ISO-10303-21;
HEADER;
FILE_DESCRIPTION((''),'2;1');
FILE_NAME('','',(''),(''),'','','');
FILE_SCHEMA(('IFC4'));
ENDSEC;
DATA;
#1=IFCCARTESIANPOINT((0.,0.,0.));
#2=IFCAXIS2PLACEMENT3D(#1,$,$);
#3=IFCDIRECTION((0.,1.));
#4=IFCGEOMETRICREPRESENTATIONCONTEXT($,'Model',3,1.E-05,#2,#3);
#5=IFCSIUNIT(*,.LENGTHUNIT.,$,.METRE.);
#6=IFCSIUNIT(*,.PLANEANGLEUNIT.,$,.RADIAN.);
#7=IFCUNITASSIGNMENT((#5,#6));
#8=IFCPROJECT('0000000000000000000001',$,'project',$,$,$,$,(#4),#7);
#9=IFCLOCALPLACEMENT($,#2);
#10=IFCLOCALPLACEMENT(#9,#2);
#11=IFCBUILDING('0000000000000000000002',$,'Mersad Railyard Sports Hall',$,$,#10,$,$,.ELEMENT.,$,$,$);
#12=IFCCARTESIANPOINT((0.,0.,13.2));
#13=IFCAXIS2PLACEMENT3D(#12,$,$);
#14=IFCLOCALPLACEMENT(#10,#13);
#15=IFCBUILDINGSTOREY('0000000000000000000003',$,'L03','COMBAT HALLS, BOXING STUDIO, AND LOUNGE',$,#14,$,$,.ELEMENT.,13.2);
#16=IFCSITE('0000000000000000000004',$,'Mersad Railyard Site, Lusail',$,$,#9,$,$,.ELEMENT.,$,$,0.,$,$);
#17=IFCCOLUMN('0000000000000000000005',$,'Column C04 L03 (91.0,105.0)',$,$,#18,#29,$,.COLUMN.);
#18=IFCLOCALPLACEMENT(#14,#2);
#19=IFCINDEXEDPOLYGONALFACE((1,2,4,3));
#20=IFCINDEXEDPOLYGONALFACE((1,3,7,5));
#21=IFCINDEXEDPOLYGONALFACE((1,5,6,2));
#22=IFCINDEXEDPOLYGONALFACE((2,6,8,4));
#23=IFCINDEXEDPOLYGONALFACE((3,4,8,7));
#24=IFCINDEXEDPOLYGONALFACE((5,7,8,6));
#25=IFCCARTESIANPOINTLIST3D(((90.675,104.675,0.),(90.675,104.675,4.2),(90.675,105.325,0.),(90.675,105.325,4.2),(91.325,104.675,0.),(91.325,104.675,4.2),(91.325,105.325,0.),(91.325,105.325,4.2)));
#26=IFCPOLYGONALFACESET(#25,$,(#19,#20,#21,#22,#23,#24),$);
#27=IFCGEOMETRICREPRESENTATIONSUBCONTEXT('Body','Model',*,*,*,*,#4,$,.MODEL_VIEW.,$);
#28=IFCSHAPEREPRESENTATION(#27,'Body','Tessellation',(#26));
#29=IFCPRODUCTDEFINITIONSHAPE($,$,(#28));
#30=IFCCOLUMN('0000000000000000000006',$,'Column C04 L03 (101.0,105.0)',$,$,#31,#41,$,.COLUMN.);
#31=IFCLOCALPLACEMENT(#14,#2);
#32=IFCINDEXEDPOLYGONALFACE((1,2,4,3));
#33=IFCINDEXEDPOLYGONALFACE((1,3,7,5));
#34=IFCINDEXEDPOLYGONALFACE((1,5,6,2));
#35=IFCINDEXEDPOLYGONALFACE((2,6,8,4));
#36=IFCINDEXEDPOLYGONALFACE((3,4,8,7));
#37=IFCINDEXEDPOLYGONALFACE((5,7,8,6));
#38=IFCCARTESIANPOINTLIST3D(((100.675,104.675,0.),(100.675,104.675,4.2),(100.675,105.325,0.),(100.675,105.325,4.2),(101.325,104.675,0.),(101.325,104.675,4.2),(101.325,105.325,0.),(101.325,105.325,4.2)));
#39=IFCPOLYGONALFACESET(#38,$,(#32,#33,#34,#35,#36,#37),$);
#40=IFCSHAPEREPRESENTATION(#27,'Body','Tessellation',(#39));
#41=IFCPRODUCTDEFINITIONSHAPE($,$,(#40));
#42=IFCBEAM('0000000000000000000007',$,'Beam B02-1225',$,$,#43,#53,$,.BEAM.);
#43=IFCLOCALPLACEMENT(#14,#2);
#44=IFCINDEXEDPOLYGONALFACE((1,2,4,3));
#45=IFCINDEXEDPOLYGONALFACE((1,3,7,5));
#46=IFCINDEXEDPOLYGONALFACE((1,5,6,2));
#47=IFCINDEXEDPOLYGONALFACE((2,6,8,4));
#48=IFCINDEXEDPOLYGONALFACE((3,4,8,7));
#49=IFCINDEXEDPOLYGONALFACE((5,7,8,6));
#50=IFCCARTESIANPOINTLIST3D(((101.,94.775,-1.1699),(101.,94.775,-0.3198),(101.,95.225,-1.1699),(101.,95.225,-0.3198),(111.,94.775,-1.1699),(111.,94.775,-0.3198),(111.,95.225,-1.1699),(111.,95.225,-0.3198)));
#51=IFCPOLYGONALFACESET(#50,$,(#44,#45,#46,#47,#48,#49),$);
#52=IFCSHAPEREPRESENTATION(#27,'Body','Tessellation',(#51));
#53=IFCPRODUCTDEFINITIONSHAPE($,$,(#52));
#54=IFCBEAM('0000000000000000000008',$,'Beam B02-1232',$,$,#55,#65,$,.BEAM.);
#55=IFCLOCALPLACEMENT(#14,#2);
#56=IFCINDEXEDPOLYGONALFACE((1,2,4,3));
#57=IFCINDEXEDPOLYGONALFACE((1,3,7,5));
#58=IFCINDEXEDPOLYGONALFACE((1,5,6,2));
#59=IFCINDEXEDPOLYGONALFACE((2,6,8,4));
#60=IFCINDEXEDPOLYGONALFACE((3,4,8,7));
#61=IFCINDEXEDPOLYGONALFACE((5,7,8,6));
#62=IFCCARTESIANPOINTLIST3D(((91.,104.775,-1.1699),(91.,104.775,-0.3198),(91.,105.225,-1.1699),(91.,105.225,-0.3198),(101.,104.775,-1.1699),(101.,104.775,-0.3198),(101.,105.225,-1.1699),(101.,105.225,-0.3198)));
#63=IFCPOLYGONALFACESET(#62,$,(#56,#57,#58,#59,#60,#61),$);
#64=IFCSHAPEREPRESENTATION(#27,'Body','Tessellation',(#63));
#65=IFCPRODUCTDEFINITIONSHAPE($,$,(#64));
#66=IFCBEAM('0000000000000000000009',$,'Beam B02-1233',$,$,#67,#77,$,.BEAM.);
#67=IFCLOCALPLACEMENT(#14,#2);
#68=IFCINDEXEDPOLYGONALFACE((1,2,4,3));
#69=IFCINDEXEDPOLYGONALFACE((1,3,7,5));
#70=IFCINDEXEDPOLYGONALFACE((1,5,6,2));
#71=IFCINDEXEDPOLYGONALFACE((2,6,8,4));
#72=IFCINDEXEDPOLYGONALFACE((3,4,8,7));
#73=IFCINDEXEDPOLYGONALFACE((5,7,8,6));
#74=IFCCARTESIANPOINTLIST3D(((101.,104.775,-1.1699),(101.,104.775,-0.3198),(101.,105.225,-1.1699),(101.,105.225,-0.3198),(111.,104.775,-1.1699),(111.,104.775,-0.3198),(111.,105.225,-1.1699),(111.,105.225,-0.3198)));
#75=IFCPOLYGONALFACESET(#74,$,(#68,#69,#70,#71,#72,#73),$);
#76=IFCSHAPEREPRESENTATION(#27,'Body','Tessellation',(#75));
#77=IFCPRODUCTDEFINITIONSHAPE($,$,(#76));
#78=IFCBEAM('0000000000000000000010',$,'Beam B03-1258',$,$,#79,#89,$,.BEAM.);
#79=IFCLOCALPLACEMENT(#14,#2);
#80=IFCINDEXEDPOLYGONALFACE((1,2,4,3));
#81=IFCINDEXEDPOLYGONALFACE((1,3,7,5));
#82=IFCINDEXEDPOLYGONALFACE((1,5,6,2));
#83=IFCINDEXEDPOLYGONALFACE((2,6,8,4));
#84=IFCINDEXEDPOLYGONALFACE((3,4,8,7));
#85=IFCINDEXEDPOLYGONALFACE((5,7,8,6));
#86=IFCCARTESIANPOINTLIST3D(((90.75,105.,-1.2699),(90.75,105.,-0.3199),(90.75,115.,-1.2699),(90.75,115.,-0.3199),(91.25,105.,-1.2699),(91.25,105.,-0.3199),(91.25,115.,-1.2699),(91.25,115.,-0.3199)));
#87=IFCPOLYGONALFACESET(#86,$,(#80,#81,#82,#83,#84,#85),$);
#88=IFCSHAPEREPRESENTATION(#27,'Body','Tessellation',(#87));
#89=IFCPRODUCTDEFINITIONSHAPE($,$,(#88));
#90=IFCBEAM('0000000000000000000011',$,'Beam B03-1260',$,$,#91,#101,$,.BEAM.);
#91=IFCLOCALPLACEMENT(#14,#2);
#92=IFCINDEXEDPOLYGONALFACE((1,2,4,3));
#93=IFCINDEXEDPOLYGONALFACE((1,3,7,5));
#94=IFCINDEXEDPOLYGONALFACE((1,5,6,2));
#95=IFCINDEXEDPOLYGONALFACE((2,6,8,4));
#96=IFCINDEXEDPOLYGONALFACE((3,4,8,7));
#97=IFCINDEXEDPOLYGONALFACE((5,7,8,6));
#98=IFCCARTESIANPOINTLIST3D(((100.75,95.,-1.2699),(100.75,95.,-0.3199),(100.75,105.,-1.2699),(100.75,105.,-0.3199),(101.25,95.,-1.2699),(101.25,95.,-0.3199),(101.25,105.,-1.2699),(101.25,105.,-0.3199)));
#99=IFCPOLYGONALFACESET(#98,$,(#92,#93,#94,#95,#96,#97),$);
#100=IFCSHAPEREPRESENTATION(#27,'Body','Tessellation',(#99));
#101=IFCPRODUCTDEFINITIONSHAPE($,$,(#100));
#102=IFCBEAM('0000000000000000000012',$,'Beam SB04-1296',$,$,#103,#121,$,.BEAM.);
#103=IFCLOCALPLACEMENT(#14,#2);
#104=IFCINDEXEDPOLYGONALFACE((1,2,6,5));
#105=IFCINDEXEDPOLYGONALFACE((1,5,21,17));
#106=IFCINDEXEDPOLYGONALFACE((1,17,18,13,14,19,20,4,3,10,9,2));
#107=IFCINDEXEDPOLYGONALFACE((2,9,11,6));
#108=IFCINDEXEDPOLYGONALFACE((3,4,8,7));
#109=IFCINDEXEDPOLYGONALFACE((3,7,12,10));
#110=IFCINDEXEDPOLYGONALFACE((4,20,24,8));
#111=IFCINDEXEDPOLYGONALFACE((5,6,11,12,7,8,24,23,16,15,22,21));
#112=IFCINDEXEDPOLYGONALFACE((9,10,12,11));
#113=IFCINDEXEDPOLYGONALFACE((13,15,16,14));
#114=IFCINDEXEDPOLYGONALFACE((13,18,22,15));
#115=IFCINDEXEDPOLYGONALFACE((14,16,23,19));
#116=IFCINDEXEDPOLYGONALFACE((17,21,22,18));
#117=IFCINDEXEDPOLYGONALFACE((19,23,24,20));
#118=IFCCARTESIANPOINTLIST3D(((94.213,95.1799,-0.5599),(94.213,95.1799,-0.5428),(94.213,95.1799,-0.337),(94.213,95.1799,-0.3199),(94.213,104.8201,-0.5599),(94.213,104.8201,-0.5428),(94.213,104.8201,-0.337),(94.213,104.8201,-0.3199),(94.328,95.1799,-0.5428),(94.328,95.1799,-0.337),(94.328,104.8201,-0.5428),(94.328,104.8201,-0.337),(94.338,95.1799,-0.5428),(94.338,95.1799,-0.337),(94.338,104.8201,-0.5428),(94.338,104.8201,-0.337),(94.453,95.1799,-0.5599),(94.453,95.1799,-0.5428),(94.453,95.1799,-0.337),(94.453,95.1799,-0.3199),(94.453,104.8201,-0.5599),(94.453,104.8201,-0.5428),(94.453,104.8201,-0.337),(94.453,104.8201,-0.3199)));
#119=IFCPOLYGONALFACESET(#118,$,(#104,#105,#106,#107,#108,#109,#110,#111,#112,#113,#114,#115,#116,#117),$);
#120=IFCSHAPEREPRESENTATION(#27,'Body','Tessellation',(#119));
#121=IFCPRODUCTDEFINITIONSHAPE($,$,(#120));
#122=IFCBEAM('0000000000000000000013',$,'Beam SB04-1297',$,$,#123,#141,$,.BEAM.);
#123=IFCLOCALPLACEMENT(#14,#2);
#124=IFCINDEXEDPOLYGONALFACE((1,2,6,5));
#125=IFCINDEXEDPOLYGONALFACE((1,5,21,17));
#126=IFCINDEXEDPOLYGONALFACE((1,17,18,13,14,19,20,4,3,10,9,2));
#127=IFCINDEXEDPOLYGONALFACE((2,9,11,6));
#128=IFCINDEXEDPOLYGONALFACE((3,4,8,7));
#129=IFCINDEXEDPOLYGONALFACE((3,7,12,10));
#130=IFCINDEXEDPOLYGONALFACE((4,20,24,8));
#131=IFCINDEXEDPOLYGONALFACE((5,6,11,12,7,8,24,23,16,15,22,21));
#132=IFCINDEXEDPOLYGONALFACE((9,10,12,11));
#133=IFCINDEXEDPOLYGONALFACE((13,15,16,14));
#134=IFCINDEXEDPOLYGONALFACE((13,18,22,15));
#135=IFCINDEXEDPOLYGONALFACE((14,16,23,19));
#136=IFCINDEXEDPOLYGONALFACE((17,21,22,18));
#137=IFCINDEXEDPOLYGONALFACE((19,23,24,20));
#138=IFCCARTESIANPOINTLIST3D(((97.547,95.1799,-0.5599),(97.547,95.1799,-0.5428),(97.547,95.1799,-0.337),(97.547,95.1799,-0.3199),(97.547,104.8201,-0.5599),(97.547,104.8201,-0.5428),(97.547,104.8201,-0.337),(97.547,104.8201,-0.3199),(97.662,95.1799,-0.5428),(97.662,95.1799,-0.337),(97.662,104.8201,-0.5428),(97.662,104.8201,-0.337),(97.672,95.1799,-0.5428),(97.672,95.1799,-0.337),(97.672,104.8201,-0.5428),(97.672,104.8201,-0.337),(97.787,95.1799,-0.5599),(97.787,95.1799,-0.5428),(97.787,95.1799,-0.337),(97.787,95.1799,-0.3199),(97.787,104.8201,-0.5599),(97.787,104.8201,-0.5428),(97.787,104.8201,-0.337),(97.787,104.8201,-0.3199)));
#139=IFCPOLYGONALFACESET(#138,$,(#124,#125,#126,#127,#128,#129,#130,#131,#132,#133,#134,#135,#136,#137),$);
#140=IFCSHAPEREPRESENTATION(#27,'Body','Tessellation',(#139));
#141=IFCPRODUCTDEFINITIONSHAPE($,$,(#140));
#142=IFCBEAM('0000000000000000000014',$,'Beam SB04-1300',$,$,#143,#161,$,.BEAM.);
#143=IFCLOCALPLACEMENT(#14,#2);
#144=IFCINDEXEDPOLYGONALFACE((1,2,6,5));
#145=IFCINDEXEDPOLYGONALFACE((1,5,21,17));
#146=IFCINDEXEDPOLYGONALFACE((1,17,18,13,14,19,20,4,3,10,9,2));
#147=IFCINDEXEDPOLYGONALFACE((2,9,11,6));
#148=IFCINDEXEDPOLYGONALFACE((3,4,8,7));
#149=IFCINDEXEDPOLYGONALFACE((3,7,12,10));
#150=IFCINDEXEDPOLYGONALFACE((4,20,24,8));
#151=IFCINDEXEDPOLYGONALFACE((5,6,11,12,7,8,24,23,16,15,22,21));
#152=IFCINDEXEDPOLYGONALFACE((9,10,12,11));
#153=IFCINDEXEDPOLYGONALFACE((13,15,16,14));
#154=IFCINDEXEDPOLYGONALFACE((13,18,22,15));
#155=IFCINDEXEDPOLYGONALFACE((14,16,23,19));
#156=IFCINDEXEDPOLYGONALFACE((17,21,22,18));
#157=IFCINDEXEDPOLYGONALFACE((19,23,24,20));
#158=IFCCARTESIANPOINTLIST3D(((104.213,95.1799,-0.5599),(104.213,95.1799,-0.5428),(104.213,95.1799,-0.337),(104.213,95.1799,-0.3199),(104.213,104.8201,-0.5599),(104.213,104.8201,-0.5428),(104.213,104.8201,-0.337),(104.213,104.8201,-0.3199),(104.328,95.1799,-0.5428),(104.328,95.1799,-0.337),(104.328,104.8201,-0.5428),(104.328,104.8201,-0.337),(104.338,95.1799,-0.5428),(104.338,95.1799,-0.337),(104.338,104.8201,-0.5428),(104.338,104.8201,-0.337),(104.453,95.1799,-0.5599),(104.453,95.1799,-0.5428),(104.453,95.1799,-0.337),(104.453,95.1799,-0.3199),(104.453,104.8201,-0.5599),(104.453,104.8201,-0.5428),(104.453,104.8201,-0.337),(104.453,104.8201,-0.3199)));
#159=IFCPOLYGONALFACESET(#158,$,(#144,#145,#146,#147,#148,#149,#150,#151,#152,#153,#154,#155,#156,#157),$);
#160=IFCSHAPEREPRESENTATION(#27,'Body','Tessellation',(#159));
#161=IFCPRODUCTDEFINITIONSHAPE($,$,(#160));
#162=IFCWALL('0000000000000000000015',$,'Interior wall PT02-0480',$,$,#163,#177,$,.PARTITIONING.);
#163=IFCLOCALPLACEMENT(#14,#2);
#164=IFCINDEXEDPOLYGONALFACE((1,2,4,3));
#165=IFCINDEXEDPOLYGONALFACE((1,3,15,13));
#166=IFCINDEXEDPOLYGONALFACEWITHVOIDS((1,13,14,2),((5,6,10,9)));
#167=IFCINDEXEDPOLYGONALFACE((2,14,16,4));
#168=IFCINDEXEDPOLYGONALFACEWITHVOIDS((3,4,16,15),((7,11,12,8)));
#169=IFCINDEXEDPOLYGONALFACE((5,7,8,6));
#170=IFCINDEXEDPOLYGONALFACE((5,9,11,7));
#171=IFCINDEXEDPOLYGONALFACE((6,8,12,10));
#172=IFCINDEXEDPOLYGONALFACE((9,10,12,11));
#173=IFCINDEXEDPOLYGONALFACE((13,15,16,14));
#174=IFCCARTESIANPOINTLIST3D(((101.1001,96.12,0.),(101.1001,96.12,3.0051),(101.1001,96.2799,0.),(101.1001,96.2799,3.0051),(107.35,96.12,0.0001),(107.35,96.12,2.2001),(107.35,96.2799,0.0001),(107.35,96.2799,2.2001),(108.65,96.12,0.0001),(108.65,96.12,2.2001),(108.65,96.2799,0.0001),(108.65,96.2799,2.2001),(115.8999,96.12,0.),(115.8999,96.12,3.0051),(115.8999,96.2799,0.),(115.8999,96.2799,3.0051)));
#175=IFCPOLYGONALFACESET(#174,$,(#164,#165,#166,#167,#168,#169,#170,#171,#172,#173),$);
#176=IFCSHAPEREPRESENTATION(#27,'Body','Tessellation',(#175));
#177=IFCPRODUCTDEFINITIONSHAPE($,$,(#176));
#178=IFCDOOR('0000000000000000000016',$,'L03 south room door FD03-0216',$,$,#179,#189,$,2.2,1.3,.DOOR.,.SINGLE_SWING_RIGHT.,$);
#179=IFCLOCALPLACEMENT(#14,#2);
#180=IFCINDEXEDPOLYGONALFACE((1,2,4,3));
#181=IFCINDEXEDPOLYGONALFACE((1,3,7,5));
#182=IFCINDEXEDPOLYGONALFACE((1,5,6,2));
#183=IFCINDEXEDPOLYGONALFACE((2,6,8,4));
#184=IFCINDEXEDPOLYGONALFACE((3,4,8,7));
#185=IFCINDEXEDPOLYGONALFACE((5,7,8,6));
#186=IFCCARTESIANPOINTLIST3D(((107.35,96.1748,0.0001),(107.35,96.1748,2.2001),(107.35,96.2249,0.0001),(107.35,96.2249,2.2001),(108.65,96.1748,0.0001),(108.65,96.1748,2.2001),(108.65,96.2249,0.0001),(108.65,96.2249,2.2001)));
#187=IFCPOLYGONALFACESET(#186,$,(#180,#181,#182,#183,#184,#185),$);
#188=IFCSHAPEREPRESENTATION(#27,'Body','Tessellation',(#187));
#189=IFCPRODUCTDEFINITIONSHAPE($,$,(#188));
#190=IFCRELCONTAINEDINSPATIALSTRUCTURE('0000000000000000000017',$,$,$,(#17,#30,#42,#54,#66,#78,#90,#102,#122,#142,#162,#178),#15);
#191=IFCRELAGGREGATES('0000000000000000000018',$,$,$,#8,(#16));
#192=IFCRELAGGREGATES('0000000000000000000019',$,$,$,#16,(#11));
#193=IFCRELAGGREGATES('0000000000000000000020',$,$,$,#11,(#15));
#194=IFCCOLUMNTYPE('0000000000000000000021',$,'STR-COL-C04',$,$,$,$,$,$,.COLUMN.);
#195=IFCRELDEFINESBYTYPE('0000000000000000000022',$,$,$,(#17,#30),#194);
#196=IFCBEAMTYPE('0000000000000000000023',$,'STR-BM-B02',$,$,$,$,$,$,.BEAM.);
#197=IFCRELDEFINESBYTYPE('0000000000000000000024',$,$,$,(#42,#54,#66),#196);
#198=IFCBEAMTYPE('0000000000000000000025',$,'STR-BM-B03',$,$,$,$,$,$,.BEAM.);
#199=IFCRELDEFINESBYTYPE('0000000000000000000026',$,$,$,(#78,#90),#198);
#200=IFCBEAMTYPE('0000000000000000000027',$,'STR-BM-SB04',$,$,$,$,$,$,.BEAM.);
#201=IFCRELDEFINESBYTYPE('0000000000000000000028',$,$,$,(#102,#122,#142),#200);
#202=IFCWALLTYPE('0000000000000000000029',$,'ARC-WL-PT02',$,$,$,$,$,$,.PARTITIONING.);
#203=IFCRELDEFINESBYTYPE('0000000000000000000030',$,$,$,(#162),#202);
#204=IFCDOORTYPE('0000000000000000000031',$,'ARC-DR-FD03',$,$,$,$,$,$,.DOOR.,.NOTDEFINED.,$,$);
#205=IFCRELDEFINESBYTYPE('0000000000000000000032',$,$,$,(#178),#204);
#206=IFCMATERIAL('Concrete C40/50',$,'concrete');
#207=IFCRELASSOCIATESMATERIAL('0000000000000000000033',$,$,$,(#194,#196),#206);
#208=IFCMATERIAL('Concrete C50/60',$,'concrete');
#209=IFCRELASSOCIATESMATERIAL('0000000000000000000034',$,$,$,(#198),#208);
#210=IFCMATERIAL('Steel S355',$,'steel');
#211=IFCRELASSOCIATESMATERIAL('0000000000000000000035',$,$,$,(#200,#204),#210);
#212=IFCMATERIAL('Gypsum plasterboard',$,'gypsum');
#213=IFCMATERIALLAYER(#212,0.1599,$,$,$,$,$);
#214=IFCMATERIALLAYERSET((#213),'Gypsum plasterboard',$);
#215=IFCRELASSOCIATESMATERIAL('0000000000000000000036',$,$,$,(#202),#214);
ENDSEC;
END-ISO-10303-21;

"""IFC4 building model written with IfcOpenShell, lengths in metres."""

from ifc_helpers import new_model, si_unit, direction, frame, frame_2d, origin, origin_2d, place, context, subcontext, project, spatial, rectangle, i_section, extrude, material, layer, layer_set, material_profile, profile_set, type_object, element, fill, save


model = new_model("IFC4")

# Units and contexts
model_context = context("Model", 3, precision=1e-05, world=origin(), true_north=direction((0.0, 1.0)))
body_context = subcontext(model_context, "Body", "Model", "MODEL_VIEW")
ifc_project = project(units=[si_unit("LENGTHUNIT", "METRE"), si_unit("PLANEANGLEUNIT", "RADIAN")], contexts=[model_context])

# Site, building, storey
site_placement = place(None, origin())
site = spatial("IfcSite", under=ifc_project, at=site_placement, Name="Mersad Railyard Site, Lusail", CompositionType="ELEMENT", RefElevation=0.0)
building_placement = place(site_placement, origin())
building = spatial("IfcBuilding", under=site, at=building_placement, Name="Mersad Railyard Sports Hall", CompositionType="ELEMENT")
storey_placement = place(building_placement, frame((0.0, 0.0, 13.2)))
storey = spatial("IfcBuildingStorey", under=building, at=storey_placement, Name="L03", Description="COMBAT HALLS, BOXING STUDIO, AND LOUNGE", CompositionType="ELEMENT", Elevation=13.2)

# Columns
ifc_material_1 = material(Name="Concrete C40/50", Category="concrete")
ifc_material_profile_1 = material_profile(ifc_material_1, rectangle(XDim=0.6499, YDim=0.6499, at=origin_2d()), Name="RC 650x650")
ifc_profile_set_1 = profile_set([ifc_material_profile_1], Name="Concrete C40/50")
column_type = type_object("IfcColumnType", Name="STR-COL-C04", PredefinedType="COLUMN", material=ifc_profile_set_1)
for number, where, z_axis, x_axis, name in (
    (1, (91.0, 105.0, 0.0), (0.0, 0.0, 1.0), (1.0, 0.0, 0.0), "Column C04 L03 (91.0,105.0)"),
    (2, (101.0, 105.0, 0.0), (0.0, 0.0, 1.0), (1.0, 0.0, 0.0), "Column C04 L03 (101.0,105.0)"),
):
    element("IfcColumn", number, at=place(storey_placement, frame(where, z_axis=z_axis, x_axis=x_axis)), inside=storey, type_object=column_type, Name=name, PredefinedType="COLUMN", context=body_context, shape_type="SweptSolid", body=[
        extrude(rectangle(XDim=0.6499, YDim=0.6499, at=origin_2d()), origin(), (0.0, 0.0, 1.0), 4.2),
    ])

# Beams
ifc_material_profile_2 = material_profile(ifc_material_1, rectangle(XDim=0.45, YDim=0.8501, at=origin_2d()), Name="RC 450x850")
ifc_profile_set_2 = profile_set([ifc_material_profile_2], Name="Concrete C40/50")
beam_type_1 = type_object("IfcBeamType", Name="STR-BM-B02", PredefinedType="BEAM", material=ifc_profile_set_2)
for number, where, z_axis, x_axis, name in (
    (3, (101.0, 95.0, -0.7449), (1.0, 0.0, 0.0), (0.0, 1.0, 0.0), "Beam B02-1225"),
    (4, (91.0, 105.0, -0.7449), (1.0, 0.0, 0.0), (0.0, 1.0, 0.0), "Beam B02-1232"),
    (5, (101.0, 105.0, -0.7449), (1.0, 0.0, 0.0), (0.0, 1.0, 0.0), "Beam B02-1233"),
):
    element("IfcBeam", number, at=place(storey_placement, frame(where, z_axis=z_axis, x_axis=x_axis)), inside=storey, type_object=beam_type_1, Name=name, PredefinedType="BEAM", context=body_context, shape_type="SweptSolid", body=[
        extrude(rectangle(XDim=0.45, YDim=0.8501, at=origin_2d()), origin(), (0.0, 0.0, 1.0), 10.0),
    ])
ifc_material_2 = material(Name="Concrete C50/60", Category="concrete")
ifc_material_profile_3 = material_profile(ifc_material_2, rectangle(XDim=0.5, YDim=0.95, at=origin_2d()), Name="RC 500x950")
ifc_profile_set_3 = profile_set([ifc_material_profile_3], Name="Concrete C50/60")
beam_type_2 = type_object("IfcBeamType", Name="STR-BM-B03", PredefinedType="BEAM", material=ifc_profile_set_3)
for number, where, z_axis, x_axis, name in (
    (6, (91.0, 105.0, -0.7949), (0.0, 1.0, 0.0), (-1.0, 0.0, 0.0), "Beam B03-1258"),
    (7, (101.0, 95.0, -0.7949), (0.0, 1.0, 0.0), (-1.0, 0.0, 0.0), "Beam B03-1260"),
):
    element("IfcBeam", number, at=place(storey_placement, frame(where, z_axis=z_axis, x_axis=x_axis)), inside=storey, type_object=beam_type_2, Name=name, PredefinedType="BEAM", context=body_context, shape_type="SweptSolid", body=[
        extrude(rectangle(XDim=0.5, YDim=0.95, at=origin_2d()), origin(), (0.0, 0.0, 1.0), 10.0),
    ])
ifc_material_3 = material(Name="Steel S355", Category="steel")
ifc_material_profile_4 = material_profile(ifc_material_3, i_section(OverallWidth=0.24, OverallDepth=0.24, WebThickness=0.01, FlangeThickness=0.0171, at=origin_2d()), Name="HEB 240")
ifc_profile_set_4 = profile_set([ifc_material_profile_4], Name="Steel S355")
beam_type_3 = type_object("IfcBeamType", Name="STR-BM-SB04", PredefinedType="BEAM", material=ifc_profile_set_4)
for number, where, z_axis, x_axis, name in (
    (8, (94.333, 95.1799, -0.4399), (0.0, 1.0, 0.0), (-1.0, 0.0, 0.0), "Beam SB04-1296"),
    (9, (97.667, 95.1799, -0.4399), (0.0, 1.0, 0.0), (-1.0, 0.0, 0.0), "Beam SB04-1297"),
    (10, (104.333, 95.1799, -0.4399), (0.0, 1.0, 0.0), (-1.0, 0.0, 0.0), "Beam SB04-1300"),
):
    element("IfcBeam", number, at=place(storey_placement, frame(where, z_axis=z_axis, x_axis=x_axis)), inside=storey, type_object=beam_type_3, Name=name, PredefinedType="BEAM", context=body_context, shape_type="SweptSolid", body=[
        extrude(i_section(OverallWidth=0.24, OverallDepth=0.24, WebThickness=0.01, FlangeThickness=0.0171, at=origin_2d()), origin(), (0.0, 0.0, 1.0), 9.6401),
    ])

# Wall, opening, door
ifc_material_4 = material(Name="Gypsum plasterboard", Category="gypsum")
ifc_layer_1 = layer(ifc_material_4, 0.1599)
ifc_layer_set_1 = layer_set([ifc_layer_1], Name="Gypsum plasterboard")
wall_type_1 = type_object("IfcWallType", Name="ARC-WL-PT02", PredefinedType="PARTITIONING", material=ifc_layer_set_1)
wall_1_placement = place(storey_placement, frame((101.1001, 96.2, 0.0), z_axis=(0.0, 0.0, 1.0), x_axis=(1.0, 0.0, 0.0)))
wall_1 = element("IfcWall", 11, at=wall_1_placement, inside=storey, type_object=wall_type_1, Name="Interior wall PT02-0480", PredefinedType="PARTITIONING", context=body_context, shape_type="SweptSolid", body=[
    extrude(rectangle(XDim=14.7998, YDim=0.1599, at=frame_2d((7.3999, 0.0))), origin(), (0.0, 0.0, 1.0), 3.0051),
])
opening_1_placement = place(wall_1_placement, frame((6.25, 0.0, 0.0)))
opening_1 = element("IfcOpeningElement", 12, at=opening_1_placement, cuts=wall_1, PredefinedType="OPENING", context=body_context, shape_type="SweptSolid", body=[
    extrude(rectangle(XDim=1.3, YDim=2.2, at=frame_2d((0.6499, 1.1001))), frame((0.0, 0.0898, 0.0), z_axis=(0.0, -1.0, 0.0), x_axis=(1.0, 0.0, 0.0)), (0.0, 0.0, 1.0), 0.1799),
])
door_type_1 = type_object("IfcDoorType", Name="ARC-DR-FD03", OperationType="NOTDEFINED", PredefinedType="DOOR", material=ifc_material_3)
door_1_placement = place(opening_1_placement, origin())
door_1 = element("IfcDoor", 13, at=door_1_placement, inside=storey, type_object=door_type_1, Name="L03 south room door FD03-0216", OperationType="SINGLE_SWING_RIGHT", OverallHeight=2.2, OverallWidth=1.3, PredefinedType="DOOR", context=body_context, shape_type="SweptSolid", body=[
    extrude(rectangle(XDim=1.3, YDim=2.2, at=frame_2d((0.6499, 1.1001))), frame((0.0, 0.0249, 0.0), z_axis=(0.0, -1.0, 0.0), x_axis=(1.0, 0.0, 0.0)), (0.0, 0.0, 1.0), 0.05),
])
fill(opening_1, door_1)

save(model, "model.ifc")
